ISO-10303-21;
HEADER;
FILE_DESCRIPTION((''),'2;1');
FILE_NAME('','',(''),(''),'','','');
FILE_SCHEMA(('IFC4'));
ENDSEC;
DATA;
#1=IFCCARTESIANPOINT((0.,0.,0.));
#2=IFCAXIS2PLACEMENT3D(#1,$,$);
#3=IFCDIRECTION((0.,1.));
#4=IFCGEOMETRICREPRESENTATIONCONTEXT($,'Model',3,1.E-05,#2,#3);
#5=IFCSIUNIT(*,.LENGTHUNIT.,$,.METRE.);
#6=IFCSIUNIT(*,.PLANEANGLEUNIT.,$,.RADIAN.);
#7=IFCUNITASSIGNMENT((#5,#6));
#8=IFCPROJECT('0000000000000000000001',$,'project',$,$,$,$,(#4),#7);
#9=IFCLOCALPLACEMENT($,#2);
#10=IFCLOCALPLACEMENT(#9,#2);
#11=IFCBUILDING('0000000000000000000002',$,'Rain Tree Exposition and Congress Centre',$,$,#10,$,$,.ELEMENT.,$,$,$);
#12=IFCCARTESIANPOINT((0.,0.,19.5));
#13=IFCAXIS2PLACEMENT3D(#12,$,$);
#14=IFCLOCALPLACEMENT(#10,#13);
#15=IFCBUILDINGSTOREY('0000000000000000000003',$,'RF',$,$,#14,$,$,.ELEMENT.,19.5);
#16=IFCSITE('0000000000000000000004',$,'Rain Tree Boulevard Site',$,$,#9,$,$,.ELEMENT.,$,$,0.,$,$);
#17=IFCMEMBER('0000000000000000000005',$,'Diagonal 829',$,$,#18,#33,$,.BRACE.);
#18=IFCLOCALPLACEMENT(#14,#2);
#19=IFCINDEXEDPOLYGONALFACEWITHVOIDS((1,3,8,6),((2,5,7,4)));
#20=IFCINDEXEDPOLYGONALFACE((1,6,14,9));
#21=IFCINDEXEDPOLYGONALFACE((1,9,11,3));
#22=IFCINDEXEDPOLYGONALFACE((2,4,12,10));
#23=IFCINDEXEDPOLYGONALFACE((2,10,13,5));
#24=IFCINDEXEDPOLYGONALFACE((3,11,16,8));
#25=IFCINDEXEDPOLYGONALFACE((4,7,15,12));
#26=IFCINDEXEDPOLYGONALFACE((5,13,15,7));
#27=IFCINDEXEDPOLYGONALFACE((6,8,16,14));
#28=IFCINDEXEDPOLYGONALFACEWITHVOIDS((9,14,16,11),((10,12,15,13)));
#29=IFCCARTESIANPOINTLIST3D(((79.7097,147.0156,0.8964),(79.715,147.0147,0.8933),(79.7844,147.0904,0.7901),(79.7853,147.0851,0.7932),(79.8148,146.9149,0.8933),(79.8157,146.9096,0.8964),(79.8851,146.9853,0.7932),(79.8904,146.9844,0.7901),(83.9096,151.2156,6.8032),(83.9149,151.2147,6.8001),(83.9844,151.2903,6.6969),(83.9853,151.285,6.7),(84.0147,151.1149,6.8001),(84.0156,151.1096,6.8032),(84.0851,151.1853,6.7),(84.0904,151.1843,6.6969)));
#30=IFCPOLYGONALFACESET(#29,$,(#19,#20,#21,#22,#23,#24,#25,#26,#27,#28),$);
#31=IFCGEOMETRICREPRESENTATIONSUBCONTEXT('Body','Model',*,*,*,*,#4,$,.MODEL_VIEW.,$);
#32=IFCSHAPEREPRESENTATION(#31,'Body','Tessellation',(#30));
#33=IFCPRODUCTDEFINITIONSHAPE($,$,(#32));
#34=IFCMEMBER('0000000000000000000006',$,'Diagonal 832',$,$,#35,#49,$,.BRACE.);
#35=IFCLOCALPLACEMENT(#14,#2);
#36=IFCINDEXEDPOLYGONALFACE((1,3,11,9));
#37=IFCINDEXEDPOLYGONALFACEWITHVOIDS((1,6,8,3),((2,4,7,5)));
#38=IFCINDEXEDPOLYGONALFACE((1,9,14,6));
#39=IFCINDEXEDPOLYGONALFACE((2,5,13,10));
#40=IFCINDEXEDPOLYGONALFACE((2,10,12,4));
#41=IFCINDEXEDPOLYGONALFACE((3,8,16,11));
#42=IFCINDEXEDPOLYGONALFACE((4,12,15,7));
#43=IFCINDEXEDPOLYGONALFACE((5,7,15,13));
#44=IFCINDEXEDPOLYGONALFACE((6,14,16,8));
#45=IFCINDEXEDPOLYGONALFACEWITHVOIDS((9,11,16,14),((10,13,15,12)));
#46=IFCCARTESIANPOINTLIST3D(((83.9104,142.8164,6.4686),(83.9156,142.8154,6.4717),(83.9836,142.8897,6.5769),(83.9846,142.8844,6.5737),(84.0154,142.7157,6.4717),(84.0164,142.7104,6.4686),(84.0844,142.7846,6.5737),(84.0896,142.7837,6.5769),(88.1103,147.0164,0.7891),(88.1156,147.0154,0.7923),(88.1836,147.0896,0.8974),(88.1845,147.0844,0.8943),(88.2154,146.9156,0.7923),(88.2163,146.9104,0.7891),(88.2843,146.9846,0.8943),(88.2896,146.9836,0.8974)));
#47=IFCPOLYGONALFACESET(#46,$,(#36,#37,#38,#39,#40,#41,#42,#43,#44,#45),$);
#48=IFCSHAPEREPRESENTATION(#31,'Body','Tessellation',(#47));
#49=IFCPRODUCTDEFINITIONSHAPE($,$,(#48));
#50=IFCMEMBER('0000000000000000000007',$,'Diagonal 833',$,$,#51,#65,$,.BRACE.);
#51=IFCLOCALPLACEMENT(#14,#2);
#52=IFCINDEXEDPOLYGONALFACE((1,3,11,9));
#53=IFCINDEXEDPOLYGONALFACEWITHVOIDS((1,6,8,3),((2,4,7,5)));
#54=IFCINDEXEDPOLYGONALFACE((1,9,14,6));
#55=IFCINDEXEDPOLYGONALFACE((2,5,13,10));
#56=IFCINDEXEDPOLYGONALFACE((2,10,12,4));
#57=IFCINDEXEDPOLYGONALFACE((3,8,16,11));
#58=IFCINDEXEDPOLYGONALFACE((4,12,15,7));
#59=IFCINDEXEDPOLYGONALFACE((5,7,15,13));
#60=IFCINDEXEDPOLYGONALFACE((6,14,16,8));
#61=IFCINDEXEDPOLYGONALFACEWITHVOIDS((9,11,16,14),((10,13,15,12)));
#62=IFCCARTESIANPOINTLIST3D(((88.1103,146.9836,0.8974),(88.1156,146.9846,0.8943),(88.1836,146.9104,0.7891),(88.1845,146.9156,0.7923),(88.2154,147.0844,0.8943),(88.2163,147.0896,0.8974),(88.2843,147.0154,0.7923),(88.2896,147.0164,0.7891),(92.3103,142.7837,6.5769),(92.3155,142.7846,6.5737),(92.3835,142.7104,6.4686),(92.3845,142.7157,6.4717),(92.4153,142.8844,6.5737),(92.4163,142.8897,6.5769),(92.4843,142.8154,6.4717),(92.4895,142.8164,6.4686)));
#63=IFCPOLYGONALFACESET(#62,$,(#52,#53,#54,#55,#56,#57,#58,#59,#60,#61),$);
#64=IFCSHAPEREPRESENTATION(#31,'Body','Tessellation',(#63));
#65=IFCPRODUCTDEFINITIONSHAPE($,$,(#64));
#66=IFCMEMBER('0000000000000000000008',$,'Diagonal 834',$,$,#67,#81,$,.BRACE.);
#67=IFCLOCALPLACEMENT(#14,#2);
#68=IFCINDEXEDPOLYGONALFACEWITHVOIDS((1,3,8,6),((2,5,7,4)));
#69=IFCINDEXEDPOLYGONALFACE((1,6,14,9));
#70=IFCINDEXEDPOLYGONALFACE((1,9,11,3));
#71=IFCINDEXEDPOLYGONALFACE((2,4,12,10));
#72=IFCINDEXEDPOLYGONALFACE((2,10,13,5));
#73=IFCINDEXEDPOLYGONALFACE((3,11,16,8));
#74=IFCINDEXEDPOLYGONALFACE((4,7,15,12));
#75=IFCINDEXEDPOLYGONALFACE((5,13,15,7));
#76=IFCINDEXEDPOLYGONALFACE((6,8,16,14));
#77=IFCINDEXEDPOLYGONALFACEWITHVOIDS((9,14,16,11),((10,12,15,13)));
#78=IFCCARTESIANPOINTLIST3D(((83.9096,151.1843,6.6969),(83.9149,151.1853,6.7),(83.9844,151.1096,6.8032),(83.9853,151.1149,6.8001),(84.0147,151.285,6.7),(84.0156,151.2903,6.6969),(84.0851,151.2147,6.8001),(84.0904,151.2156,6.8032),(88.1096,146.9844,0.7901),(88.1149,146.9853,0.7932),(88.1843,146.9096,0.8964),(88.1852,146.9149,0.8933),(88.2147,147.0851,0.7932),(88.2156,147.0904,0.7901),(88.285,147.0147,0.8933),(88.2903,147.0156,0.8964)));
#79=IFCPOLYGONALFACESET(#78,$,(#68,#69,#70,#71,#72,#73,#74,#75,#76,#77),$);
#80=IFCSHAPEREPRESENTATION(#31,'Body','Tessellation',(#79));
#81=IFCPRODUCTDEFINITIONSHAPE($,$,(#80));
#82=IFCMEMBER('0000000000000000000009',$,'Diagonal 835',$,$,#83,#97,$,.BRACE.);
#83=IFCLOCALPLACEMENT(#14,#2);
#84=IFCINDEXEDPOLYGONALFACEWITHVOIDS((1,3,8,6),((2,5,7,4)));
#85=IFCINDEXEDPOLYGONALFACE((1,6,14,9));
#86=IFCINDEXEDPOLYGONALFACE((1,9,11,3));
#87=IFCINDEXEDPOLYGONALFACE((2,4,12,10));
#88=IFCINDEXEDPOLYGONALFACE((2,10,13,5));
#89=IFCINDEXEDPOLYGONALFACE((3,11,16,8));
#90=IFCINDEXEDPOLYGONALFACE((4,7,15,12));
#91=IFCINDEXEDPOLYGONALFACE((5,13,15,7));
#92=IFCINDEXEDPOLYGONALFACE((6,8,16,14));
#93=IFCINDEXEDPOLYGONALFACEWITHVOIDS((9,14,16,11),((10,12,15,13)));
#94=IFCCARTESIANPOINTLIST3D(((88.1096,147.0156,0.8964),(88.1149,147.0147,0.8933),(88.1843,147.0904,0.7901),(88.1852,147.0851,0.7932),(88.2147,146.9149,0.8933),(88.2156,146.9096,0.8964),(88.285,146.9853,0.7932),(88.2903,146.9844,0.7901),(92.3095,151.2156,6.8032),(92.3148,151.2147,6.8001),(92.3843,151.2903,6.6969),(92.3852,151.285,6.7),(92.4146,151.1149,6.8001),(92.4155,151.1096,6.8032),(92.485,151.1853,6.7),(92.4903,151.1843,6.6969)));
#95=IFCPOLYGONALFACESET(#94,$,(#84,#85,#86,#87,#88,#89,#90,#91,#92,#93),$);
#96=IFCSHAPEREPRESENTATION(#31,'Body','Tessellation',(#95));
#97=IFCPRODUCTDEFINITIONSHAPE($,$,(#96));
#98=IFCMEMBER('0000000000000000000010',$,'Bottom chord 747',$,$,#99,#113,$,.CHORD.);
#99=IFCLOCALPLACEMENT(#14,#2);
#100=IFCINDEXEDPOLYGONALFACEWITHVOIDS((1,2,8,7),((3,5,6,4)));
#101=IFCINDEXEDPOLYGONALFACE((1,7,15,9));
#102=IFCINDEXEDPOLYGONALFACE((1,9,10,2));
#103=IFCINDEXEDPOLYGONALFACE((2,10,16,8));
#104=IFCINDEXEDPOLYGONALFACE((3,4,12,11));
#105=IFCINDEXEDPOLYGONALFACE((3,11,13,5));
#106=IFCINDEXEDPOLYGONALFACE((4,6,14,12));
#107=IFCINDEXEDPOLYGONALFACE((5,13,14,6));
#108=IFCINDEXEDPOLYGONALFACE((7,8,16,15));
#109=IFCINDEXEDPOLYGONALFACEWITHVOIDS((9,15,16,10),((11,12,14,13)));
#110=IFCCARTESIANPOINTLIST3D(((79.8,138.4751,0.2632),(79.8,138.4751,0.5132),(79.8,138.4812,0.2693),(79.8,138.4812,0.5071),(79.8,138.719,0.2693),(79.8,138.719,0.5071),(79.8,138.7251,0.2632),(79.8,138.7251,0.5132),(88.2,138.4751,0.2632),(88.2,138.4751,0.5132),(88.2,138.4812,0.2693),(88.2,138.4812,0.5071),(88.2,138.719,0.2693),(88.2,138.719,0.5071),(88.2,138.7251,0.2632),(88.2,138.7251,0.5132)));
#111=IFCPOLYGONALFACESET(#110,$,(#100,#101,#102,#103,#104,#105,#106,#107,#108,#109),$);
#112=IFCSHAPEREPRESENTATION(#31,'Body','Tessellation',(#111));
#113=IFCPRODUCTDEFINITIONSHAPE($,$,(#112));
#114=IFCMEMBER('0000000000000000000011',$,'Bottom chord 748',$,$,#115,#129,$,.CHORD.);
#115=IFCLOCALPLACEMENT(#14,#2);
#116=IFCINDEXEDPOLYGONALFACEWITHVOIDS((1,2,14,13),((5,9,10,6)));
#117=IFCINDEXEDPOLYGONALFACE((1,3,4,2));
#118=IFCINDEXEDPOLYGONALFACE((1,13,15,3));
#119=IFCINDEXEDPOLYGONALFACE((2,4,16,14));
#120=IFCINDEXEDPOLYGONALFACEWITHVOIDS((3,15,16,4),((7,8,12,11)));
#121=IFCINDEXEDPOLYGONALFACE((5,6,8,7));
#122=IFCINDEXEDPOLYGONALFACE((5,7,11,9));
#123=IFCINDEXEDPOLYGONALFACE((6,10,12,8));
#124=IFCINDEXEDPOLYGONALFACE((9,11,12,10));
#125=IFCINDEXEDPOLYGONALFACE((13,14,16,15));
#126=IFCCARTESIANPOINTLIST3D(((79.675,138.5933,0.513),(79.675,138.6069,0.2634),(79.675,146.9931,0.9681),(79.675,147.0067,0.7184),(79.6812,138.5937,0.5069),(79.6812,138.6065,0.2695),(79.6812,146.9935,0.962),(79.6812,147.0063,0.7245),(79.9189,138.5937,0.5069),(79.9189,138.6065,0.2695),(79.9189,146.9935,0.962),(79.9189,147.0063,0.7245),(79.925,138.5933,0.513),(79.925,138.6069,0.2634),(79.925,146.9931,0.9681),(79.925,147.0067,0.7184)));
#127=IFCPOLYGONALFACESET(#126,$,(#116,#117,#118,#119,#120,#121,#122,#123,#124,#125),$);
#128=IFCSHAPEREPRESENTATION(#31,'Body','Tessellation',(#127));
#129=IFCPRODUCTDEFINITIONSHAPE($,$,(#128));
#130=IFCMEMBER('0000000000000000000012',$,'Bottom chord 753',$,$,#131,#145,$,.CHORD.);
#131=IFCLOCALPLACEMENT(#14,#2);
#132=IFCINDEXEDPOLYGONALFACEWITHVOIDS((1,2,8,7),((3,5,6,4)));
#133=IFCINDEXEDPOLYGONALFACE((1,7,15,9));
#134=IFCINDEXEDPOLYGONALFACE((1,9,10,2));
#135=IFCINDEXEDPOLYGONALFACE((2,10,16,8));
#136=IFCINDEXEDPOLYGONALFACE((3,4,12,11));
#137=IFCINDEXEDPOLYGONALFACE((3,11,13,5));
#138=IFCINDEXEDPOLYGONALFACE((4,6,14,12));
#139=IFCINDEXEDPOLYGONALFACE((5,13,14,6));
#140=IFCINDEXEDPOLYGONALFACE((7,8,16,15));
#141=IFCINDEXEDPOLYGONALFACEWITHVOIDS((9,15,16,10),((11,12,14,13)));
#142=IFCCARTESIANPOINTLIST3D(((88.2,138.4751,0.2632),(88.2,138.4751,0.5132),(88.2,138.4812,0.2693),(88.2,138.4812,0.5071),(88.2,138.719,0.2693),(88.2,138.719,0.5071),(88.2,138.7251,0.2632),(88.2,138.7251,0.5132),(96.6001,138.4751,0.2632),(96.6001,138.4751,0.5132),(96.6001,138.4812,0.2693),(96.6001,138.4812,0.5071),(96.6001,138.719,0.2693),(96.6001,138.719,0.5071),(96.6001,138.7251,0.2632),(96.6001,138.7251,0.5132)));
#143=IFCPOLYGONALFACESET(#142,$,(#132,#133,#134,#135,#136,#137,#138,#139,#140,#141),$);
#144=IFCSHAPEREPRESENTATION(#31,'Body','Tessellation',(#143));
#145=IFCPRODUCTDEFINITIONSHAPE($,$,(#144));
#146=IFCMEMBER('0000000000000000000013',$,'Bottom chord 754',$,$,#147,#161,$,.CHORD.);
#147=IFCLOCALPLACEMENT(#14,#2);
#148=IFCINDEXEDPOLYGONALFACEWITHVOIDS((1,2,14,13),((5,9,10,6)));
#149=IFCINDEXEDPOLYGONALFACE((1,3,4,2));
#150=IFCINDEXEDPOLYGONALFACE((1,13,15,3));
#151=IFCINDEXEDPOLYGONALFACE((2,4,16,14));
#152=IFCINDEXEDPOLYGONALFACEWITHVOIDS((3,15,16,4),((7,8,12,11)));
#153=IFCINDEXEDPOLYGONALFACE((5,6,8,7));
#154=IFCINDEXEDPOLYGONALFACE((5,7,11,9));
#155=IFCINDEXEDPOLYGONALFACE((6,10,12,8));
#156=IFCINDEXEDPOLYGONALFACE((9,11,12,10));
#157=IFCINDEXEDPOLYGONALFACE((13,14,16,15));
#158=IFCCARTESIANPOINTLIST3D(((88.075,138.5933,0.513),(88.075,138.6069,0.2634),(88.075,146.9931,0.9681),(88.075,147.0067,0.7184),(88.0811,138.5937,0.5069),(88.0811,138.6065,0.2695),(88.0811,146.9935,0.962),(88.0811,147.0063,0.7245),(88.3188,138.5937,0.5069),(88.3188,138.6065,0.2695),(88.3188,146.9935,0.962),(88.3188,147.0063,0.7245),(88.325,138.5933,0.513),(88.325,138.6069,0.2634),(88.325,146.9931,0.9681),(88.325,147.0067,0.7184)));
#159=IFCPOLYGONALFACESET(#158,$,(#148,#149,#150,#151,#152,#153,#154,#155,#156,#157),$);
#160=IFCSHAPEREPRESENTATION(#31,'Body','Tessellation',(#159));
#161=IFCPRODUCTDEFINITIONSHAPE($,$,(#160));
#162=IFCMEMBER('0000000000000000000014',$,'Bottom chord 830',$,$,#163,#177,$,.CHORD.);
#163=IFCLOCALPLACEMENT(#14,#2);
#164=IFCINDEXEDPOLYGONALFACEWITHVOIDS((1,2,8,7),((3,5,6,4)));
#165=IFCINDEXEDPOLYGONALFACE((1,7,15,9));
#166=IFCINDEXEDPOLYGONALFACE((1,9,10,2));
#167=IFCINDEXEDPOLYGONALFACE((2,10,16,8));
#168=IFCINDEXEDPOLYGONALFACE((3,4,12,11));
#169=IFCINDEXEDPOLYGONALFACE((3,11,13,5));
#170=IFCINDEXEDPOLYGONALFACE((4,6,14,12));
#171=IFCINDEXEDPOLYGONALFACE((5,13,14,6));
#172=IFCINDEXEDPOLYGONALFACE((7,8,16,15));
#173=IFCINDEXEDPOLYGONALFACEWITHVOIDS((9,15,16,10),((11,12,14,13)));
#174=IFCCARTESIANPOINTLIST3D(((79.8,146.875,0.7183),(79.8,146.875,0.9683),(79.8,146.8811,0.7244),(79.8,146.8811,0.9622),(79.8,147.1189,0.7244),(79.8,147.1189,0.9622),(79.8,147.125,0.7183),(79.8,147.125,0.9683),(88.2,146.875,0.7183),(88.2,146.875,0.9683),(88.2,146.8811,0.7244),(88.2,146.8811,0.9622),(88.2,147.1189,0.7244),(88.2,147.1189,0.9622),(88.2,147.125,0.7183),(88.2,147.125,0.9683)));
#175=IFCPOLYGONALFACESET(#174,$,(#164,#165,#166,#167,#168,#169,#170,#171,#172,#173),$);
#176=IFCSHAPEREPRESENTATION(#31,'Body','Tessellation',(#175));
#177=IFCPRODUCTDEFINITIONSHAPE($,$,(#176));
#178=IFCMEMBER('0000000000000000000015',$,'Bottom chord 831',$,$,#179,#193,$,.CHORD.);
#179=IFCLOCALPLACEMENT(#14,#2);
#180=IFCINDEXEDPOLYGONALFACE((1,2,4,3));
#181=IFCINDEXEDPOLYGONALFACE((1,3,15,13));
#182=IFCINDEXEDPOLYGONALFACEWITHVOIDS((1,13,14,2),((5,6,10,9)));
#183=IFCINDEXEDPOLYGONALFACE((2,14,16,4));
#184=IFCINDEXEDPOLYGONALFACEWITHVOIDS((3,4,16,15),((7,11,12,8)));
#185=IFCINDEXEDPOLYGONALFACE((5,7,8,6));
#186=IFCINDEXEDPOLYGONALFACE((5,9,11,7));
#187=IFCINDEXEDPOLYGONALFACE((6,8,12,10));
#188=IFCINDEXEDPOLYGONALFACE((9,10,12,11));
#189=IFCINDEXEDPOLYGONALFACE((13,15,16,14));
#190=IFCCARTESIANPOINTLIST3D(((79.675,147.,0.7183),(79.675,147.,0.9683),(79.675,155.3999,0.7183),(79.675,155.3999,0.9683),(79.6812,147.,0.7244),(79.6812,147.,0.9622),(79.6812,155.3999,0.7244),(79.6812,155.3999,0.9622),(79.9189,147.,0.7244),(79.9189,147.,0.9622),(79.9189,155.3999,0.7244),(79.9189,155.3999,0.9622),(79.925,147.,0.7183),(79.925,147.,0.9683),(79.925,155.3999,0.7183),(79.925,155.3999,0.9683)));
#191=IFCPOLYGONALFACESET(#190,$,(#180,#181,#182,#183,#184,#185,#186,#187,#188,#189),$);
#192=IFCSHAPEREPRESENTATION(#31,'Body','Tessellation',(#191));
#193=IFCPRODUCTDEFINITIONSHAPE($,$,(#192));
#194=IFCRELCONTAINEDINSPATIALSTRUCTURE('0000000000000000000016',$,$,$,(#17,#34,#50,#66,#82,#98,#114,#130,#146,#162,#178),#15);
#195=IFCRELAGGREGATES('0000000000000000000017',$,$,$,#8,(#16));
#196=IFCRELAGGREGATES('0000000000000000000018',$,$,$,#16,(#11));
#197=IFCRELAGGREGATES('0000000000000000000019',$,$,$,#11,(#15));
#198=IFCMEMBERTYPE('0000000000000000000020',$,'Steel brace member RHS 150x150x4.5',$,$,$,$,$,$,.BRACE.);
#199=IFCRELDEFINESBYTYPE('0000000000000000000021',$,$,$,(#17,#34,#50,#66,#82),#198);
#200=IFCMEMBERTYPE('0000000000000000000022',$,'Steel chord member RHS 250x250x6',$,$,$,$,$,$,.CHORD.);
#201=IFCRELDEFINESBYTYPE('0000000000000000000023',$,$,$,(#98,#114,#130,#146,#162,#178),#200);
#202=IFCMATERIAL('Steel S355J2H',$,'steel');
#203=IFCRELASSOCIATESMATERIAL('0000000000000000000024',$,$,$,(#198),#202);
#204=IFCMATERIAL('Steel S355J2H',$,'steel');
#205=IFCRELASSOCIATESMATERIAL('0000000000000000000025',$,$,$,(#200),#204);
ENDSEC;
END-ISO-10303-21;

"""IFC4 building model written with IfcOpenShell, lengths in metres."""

from ifc_helpers import new_model, si_unit, direction, frame, origin, origin_2d, place, context, subcontext, project, spatial, hollow_rectangle, extrude, material, material_profile, profile_set, type_object, element, save


model = new_model("IFC4")

# Units and contexts
model_context = context("Model", 3, precision=1e-05, world=origin(), true_north=direction((0.0, 1.0)))
body_context = subcontext(model_context, "Body", "Model", "MODEL_VIEW")
ifc_project = project(units=[si_unit("LENGTHUNIT", "METRE"), si_unit("PLANEANGLEUNIT", "RADIAN")], contexts=[model_context])

# Site, building, storey
site_placement = place(None, origin())
site = spatial("IfcSite", under=ifc_project, at=site_placement, Name="Rain Tree Boulevard Site", CompositionType="ELEMENT", RefElevation=0.0)
building_placement = place(site_placement, origin())
building = spatial("IfcBuilding", under=site, at=building_placement, Name="Rain Tree Exposition and Congress Centre", CompositionType="ELEMENT")
storey_placement = place(building_placement, frame((0.0, 0.0, 19.5)))
storey = spatial("IfcBuildingStorey", under=building, at=storey_placement, Name="RF", CompositionType="ELEMENT", Elevation=19.5)

# Members
ifc_material_1 = material(Name="Steel S355J2H", Category="steel")
ifc_material_profile_1 = material_profile(ifc_material_1, hollow_rectangle(XDim=0.1499, YDim=0.1499, WallThickness=0.0044, at=origin_2d()), Name="RHS 150x150x4.5")
ifc_profile_set_1 = profile_set([ifc_material_profile_1], Name="Steel S355J2H")
member_type_1 = type_object("IfcMemberType", Name="Steel brace member RHS 150x150x4.5", PredefinedType="BRACE", material=ifc_profile_set_1)
for number, where, z_axis, x_axis, name in (
    (1, (79.8, 147.0, 0.8433), (0.501386, 0.501386, 0.705141), (-0.707107, 0.707107, 0.0), "Diagonal 829"),
):
    element("IfcMember", number, at=place(storey_placement, frame(where, z_axis=z_axis, x_axis=x_axis)), inside=storey, type_object=member_type_1, Name=name, PredefinedType="BRACE", context=body_context, shape_type="SweptSolid", body=[
        extrude(hollow_rectangle(XDim=0.1499, YDim=0.1499, WallThickness=0.0044, at=origin_2d()), origin(), (0.0, 0.0, 1.0), 8.3767),
    ])
for number, where, z_axis, x_axis, name in (
    (2, (88.2, 147.0, 0.8433), (-0.511068, -0.511068, 0.691099), (0.707107, -0.707107, 0.0), "Diagonal 832"),
    (3, (88.2, 147.0, 0.8433), (0.511068, -0.511068, 0.691099), (0.707107, 0.707107, 0.0), "Diagonal 833"),
):
    element("IfcMember", number, at=place(storey_placement, frame(where, z_axis=z_axis, x_axis=x_axis)), inside=storey, type_object=member_type_1, Name=name, PredefinedType="BRACE", context=body_context, shape_type="SweptSolid", body=[
        extrude(hollow_rectangle(XDim=0.1499, YDim=0.1499, WallThickness=0.0044, at=origin_2d()), origin(), (0.0, 0.0, 1.0), 8.218),
    ])
for number, where, z_axis, x_axis, name in (
    (4, (88.2, 147.0, 0.8433), (-0.501386, 0.501386, 0.705141), (-0.707107, -0.707107, 0.0), "Diagonal 834"),
    (5, (88.2, 147.0, 0.8433), (0.501386, 0.501386, 0.705141), (-0.707107, 0.707107, 0.0), "Diagonal 835"),
):
    element("IfcMember", number, at=place(storey_placement, frame(where, z_axis=z_axis, x_axis=x_axis)), inside=storey, type_object=member_type_1, Name=name, PredefinedType="BRACE", context=body_context, shape_type="SweptSolid", body=[
        extrude(hollow_rectangle(XDim=0.1499, YDim=0.1499, WallThickness=0.0044, at=origin_2d()), origin(), (0.0, 0.0, 1.0), 8.3767),
    ])
ifc_material_2 = material(Name="Steel S355J2H", Category="steel")
ifc_material_profile_2 = material_profile(ifc_material_2, hollow_rectangle(XDim=0.25, YDim=0.25, WallThickness=0.0061, at=origin_2d()), Name="RHS 250x250x6")
ifc_profile_set_2 = profile_set([ifc_material_profile_2], Name="Steel S355J2H")
member_type_2 = type_object("IfcMemberType", Name="Steel chord member RHS 250x250x6", PredefinedType="CHORD", material=ifc_profile_set_2)
member_1_placement = place(storey_placement, frame((79.8, 138.6001, 0.3882), z_axis=(1.0, 0.0, 0.0), x_axis=(0.0, 1.0, 0.0)))
element("IfcMember", 6, at=member_1_placement, inside=storey, type_object=member_type_2, Name="Bottom chord 747", PredefinedType="CHORD", context=body_context, shape_type="SweptSolid", body=[
    extrude(hollow_rectangle(XDim=0.25, YDim=0.25, WallThickness=0.0061, at=origin_2d()), origin(), (0.0, 0.0, 1.0), 8.3999),
])
member_2_placement = place(storey_placement, frame((79.8, 138.6001, 0.3882), z_axis=(0.0, 0.998536, 0.054097), x_axis=(-1.0, 0.0, 0.0)))
element("IfcMember", 7, at=member_2_placement, inside=storey, type_object=member_type_2, Name="Bottom chord 748", PredefinedType="CHORD", context=body_context, shape_type="SweptSolid", body=[
    extrude(hollow_rectangle(XDim=0.25, YDim=0.25, WallThickness=0.0061, at=origin_2d()), origin(), (0.0, 0.0, 1.0), 8.4121),
])
member_3_placement = place(storey_placement, frame((88.2, 138.6001, 0.3882), z_axis=(1.0, 0.0, 0.0), x_axis=(0.0, 1.0, 0.0)))
element("IfcMember", 8, at=member_3_placement, inside=storey, type_object=member_type_2, Name="Bottom chord 753", PredefinedType="CHORD", context=body_context, shape_type="SweptSolid", body=[
    extrude(hollow_rectangle(XDim=0.25, YDim=0.25, WallThickness=0.0061, at=origin_2d()), origin(), (0.0, 0.0, 1.0), 8.4001),
])
member_4_placement = place(storey_placement, frame((88.2, 138.6001, 0.3882), z_axis=(0.0, 0.998536, 0.054097), x_axis=(-1.0, 0.0, 0.0)))
element("IfcMember", 9, at=member_4_placement, inside=storey, type_object=member_type_2, Name="Bottom chord 754", PredefinedType="CHORD", context=body_context, shape_type="SweptSolid", body=[
    extrude(hollow_rectangle(XDim=0.25, YDim=0.25, WallThickness=0.0061, at=origin_2d()), origin(), (0.0, 0.0, 1.0), 8.4121),
])
for number, where, z_axis, x_axis, name in (
    (10, (79.8, 147.0, 0.8433), (1.0, 0.0, 0.0), (0.0, 1.0, 0.0), "Bottom chord 830"),
    (11, (79.8, 147.0, 0.8433), (0.0, 1.0, 0.0), (-1.0, 0.0, 0.0), "Bottom chord 831"),
):
    element("IfcMember", number, at=place(storey_placement, frame(where, z_axis=z_axis, x_axis=x_axis)), inside=storey, type_object=member_type_2, Name=name, PredefinedType="CHORD", context=body_context, shape_type="SweptSolid", body=[
        extrude(hollow_rectangle(XDim=0.25, YDim=0.25, WallThickness=0.0061, at=origin_2d()), origin(), (0.0, 0.0, 1.0), 8.3999),
    ])

save(model, "model.ifc")
